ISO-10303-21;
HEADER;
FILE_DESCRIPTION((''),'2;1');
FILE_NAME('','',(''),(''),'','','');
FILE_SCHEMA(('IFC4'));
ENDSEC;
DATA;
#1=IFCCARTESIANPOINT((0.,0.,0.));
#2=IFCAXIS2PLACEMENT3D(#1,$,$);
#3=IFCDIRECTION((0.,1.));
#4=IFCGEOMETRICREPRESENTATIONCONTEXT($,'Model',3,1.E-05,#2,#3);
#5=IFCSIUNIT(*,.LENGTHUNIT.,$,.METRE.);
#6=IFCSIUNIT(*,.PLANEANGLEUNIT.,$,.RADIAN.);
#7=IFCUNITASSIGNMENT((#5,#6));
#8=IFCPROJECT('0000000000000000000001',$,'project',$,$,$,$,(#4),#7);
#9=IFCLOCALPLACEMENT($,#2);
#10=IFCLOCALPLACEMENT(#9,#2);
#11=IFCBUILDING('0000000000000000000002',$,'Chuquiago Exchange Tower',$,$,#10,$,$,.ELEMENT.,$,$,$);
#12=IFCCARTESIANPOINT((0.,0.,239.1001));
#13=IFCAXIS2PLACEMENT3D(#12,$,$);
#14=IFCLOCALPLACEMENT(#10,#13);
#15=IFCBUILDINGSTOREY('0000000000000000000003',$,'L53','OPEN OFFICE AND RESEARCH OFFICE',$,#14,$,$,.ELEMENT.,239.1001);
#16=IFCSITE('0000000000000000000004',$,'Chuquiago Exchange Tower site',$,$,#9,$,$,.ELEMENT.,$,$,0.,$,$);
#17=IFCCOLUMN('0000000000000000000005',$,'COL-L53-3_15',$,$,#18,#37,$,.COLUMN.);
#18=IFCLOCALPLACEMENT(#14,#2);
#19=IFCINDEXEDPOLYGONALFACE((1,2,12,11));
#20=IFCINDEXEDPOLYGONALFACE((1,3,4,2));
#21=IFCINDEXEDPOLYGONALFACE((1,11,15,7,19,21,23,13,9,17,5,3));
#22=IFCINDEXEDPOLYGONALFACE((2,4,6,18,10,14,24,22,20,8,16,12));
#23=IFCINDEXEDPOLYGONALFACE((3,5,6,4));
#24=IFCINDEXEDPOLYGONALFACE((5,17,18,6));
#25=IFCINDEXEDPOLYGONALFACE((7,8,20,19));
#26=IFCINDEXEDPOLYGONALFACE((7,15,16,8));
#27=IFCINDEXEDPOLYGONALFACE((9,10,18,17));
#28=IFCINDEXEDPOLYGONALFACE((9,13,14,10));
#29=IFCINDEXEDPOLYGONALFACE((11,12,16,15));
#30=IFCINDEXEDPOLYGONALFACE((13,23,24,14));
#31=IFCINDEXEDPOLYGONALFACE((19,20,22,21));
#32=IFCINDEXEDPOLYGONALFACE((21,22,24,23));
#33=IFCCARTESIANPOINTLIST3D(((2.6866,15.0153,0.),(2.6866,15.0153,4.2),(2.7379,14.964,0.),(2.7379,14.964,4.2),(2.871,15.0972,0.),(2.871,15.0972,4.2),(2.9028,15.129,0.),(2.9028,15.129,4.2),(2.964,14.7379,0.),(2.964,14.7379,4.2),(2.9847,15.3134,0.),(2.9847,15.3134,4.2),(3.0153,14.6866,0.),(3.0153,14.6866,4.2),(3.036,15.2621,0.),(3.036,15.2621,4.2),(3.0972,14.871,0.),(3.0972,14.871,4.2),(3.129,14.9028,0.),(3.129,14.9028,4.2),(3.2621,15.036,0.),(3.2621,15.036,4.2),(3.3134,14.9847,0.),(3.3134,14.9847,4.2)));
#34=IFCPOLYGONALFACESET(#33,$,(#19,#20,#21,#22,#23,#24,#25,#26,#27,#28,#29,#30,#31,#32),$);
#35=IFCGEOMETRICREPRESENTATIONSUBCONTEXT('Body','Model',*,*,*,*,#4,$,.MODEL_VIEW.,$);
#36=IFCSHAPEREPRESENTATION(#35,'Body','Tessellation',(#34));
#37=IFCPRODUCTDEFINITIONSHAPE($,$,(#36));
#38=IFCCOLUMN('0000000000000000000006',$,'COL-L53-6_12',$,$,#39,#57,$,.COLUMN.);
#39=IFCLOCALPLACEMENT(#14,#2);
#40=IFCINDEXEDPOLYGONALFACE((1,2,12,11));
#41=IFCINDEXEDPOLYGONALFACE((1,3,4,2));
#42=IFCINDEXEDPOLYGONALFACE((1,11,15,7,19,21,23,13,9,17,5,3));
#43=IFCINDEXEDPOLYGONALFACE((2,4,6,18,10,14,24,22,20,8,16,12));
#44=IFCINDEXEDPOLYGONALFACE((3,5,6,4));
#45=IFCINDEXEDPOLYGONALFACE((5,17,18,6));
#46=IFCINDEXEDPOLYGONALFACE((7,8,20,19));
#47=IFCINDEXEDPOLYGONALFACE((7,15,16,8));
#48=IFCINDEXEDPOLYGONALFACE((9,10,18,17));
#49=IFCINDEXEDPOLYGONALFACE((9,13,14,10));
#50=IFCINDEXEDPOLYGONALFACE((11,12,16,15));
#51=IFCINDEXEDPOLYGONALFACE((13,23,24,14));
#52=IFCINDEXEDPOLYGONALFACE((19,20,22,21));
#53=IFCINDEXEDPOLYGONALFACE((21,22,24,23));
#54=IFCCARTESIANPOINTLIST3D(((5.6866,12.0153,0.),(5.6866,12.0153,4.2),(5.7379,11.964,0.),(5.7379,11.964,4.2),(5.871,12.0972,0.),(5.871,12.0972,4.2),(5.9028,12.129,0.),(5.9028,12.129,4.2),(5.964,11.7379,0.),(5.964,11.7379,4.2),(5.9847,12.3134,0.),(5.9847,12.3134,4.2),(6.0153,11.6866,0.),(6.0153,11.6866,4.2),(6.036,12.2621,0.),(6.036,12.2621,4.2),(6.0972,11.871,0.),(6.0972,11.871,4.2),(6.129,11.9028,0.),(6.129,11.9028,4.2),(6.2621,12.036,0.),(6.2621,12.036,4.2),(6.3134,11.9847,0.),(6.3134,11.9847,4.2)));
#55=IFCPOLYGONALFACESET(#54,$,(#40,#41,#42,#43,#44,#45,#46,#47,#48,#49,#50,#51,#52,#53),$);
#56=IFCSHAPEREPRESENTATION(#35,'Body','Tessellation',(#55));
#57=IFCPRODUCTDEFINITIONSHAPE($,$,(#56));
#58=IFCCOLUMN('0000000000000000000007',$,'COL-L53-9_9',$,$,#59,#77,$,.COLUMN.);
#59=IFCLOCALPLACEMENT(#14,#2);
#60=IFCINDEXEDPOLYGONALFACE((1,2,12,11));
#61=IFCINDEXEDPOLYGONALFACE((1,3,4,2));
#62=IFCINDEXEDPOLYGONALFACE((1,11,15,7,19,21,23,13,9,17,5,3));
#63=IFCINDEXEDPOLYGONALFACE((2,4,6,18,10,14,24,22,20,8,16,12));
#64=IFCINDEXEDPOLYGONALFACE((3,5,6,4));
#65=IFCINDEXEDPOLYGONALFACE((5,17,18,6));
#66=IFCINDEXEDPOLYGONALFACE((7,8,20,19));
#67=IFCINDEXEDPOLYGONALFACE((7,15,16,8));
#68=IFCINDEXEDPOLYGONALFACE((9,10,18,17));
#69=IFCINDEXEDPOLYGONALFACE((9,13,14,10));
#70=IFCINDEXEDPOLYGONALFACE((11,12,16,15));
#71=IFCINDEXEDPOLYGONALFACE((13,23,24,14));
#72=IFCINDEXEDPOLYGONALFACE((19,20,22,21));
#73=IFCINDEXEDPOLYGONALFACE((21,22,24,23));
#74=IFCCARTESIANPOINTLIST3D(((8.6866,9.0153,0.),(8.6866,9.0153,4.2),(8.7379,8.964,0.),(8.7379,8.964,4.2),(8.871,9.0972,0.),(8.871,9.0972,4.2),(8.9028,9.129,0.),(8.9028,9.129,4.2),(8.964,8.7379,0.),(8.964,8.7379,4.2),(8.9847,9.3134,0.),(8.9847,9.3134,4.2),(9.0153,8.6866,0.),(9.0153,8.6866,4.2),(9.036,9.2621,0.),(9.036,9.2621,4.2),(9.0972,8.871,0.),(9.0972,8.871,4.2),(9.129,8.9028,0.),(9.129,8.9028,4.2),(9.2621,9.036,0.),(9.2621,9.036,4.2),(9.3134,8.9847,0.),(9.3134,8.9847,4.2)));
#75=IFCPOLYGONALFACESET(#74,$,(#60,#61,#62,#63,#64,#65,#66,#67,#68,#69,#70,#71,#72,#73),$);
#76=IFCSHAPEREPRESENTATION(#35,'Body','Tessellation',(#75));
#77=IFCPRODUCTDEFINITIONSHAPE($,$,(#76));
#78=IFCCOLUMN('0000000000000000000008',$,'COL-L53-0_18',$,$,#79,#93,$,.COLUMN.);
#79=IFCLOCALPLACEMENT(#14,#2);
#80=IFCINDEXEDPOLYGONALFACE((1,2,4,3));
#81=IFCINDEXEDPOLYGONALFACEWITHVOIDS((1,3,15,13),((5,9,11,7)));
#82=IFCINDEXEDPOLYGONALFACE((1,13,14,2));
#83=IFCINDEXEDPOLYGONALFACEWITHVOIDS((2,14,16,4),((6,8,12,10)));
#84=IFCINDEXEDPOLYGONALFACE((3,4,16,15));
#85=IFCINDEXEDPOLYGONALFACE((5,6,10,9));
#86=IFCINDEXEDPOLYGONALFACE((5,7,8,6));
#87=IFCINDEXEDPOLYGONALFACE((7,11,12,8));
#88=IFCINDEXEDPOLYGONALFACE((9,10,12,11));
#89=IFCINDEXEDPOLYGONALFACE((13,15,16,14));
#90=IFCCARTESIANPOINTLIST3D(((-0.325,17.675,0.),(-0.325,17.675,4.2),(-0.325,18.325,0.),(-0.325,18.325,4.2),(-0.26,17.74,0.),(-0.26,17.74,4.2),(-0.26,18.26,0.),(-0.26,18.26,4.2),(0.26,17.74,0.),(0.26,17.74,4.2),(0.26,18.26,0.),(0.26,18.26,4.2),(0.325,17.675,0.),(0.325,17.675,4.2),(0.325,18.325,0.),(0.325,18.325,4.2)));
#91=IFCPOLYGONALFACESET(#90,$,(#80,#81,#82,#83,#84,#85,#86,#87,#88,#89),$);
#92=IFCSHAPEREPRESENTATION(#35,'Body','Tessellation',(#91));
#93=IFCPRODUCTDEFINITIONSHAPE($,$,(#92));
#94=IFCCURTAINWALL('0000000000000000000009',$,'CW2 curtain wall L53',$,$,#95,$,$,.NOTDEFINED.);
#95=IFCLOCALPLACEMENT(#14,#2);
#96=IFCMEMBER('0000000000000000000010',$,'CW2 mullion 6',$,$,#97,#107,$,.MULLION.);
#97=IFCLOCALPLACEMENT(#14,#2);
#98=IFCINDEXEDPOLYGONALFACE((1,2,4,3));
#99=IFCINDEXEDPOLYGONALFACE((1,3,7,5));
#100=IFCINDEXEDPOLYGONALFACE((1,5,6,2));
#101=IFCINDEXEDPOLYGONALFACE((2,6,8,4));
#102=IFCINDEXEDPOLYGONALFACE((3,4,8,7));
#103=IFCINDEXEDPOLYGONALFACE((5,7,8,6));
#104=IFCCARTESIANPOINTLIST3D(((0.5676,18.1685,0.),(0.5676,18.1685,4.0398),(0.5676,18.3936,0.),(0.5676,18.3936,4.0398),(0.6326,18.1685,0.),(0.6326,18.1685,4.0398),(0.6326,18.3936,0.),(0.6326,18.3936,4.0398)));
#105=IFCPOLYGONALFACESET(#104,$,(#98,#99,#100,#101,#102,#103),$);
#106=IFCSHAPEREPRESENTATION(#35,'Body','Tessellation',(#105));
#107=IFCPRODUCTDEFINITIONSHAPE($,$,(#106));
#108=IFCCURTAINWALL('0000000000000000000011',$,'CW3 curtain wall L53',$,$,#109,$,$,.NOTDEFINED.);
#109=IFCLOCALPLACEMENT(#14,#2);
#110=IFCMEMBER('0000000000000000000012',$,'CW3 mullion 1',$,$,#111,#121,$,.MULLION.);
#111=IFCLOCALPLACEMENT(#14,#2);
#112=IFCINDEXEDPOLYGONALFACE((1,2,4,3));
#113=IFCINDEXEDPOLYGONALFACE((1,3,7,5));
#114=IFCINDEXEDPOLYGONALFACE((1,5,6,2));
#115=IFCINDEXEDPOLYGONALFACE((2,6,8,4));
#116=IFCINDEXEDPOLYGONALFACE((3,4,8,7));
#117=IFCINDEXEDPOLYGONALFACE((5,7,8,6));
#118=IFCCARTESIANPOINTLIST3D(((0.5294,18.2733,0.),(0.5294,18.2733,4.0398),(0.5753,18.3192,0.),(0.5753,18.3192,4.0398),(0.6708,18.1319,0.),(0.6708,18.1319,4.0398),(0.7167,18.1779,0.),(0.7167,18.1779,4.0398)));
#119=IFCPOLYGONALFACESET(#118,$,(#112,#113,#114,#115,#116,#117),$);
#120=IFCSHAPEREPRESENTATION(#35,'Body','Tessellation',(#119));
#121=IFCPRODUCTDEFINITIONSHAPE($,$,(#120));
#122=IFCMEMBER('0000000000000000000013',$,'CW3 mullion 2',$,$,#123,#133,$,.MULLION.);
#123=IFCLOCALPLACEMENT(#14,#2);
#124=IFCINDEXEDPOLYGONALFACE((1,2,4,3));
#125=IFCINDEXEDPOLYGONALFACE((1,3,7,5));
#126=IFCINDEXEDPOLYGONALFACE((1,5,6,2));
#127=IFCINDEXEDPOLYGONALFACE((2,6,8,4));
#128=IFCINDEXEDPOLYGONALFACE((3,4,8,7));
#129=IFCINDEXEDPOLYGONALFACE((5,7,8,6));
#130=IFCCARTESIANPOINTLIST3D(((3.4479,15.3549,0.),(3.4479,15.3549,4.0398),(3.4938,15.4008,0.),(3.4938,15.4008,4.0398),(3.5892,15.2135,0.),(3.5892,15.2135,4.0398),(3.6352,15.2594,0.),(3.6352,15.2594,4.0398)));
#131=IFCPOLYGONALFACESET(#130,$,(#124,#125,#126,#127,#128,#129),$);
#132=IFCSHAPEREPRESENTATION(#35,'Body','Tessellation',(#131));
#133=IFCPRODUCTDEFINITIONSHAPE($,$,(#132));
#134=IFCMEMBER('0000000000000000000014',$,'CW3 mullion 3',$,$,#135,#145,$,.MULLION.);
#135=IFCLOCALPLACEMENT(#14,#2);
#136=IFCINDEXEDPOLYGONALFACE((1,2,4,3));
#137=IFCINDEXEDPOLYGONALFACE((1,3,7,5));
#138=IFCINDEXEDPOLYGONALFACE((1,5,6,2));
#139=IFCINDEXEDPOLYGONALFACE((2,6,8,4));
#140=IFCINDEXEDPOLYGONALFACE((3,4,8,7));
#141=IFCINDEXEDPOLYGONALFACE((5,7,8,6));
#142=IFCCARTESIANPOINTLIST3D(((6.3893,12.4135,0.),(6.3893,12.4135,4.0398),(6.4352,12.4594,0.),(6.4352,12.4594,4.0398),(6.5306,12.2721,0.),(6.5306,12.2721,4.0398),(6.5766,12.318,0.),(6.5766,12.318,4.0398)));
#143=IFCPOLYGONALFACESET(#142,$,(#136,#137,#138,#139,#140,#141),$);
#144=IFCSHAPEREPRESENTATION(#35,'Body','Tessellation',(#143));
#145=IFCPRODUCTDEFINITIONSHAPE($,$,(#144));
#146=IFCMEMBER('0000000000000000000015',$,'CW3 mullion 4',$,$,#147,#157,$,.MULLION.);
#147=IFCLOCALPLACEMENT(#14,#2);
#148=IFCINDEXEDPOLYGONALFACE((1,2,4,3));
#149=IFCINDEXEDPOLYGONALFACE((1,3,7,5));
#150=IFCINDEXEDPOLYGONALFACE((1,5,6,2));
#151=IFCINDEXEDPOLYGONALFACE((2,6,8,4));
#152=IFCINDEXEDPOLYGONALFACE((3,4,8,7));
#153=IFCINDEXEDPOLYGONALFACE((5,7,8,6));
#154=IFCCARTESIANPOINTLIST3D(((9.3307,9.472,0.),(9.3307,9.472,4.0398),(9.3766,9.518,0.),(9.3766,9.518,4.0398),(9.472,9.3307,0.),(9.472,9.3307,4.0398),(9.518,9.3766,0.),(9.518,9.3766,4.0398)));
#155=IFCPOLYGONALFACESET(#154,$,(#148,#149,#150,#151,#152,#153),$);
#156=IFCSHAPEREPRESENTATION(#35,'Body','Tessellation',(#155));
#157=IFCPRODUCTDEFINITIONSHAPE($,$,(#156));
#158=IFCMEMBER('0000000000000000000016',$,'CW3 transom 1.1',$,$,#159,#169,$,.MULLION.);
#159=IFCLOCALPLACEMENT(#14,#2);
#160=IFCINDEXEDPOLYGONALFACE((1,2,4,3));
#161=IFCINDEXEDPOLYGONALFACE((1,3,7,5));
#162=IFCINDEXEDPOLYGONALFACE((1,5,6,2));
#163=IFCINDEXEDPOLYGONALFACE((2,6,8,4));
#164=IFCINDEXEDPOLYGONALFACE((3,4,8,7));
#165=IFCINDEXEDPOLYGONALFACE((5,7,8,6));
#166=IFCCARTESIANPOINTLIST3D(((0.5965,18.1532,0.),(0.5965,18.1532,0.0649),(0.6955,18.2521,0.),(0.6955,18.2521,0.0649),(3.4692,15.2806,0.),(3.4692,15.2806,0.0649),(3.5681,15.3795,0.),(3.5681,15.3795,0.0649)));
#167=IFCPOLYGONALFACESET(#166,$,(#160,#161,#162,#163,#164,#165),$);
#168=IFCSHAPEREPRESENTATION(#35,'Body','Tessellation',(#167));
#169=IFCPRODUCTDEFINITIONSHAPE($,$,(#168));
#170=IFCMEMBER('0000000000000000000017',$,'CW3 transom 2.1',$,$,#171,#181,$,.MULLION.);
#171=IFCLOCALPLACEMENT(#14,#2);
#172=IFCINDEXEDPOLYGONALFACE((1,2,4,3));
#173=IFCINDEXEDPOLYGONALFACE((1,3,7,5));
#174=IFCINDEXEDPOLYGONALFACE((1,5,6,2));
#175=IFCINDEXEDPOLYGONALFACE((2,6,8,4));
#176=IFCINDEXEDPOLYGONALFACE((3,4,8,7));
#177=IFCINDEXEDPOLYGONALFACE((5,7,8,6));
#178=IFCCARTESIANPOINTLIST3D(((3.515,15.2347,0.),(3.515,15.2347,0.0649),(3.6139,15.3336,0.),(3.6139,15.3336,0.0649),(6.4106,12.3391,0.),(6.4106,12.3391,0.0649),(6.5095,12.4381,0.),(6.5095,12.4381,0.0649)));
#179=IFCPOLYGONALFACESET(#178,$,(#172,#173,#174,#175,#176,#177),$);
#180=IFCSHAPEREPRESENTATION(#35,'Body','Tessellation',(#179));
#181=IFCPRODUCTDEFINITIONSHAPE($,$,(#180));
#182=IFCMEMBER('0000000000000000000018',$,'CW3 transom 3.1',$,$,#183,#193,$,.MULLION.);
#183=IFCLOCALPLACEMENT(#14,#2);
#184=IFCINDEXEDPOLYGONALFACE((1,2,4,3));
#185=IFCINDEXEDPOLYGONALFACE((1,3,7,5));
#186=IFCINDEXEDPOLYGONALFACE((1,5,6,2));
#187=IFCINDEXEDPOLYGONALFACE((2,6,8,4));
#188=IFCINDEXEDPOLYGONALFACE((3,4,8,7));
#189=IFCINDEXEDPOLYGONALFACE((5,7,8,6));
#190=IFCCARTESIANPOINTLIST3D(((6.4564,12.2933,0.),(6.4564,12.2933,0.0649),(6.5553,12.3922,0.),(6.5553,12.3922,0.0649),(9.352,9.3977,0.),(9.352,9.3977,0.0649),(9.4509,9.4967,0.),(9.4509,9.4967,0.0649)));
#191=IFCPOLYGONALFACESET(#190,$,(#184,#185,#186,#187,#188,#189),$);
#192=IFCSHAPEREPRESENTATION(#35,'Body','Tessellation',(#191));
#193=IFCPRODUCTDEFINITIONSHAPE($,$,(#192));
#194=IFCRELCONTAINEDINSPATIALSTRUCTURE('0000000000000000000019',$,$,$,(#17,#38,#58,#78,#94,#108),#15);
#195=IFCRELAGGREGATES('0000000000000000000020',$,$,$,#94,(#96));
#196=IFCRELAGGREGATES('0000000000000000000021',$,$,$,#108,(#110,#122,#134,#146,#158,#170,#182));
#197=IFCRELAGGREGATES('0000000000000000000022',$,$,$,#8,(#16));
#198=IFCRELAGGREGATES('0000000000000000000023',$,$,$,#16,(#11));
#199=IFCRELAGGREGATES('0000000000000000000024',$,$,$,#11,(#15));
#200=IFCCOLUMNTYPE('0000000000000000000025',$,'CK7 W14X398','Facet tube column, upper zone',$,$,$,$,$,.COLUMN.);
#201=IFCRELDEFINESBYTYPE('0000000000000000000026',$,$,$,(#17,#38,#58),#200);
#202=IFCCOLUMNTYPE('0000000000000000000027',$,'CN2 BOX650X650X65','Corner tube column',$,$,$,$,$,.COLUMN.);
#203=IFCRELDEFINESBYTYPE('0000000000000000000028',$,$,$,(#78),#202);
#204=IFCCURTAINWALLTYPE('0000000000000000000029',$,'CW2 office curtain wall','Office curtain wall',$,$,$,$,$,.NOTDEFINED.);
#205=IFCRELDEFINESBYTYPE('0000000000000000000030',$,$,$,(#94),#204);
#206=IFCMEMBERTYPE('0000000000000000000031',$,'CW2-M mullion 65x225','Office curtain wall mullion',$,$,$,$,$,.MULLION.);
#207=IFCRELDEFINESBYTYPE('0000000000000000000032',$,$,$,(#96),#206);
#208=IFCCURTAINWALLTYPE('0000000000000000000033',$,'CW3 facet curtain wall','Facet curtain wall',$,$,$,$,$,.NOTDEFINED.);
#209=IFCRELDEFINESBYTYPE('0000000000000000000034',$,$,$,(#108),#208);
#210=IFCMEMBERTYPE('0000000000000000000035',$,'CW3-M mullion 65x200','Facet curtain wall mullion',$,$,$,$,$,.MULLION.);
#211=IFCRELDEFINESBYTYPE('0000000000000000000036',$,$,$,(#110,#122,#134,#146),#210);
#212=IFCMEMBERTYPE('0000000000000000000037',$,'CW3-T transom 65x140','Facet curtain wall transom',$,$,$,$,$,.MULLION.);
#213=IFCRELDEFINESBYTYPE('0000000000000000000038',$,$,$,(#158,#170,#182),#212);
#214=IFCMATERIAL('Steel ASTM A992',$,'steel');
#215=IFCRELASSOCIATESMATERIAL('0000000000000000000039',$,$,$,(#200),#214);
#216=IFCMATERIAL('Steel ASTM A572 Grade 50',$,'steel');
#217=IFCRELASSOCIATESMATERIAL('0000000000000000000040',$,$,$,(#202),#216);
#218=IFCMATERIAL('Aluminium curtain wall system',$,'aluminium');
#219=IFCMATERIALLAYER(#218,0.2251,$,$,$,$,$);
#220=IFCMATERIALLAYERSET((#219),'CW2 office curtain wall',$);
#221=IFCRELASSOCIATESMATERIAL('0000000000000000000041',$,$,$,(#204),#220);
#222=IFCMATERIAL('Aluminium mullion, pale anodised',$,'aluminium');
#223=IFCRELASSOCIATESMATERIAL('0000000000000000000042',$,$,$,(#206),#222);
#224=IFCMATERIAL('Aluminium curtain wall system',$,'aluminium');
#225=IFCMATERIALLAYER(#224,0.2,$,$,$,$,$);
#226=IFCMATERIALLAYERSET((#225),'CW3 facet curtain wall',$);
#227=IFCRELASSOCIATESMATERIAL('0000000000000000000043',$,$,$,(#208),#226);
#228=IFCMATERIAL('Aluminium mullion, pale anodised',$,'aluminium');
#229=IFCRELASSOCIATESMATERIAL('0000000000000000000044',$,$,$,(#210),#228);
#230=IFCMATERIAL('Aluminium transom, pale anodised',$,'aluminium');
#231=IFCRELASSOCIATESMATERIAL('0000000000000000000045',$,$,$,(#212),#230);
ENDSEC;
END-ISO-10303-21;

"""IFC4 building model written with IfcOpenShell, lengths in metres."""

from ifc_helpers import new_model, si_unit, direction, frame, origin, origin_2d, place, context, subcontext, project, spatial, rectangle, hollow_rectangle, i_section, extrude, material, layer, layer_set, material_profile, profile_set, type_object, element, aggregate, save


model = new_model("IFC4")

# Units and contexts
model_context = context("Model", 3, precision=1e-05, world=origin(), true_north=direction((0.0, 1.0)))
body_context = subcontext(model_context, "Body", "Model", "MODEL_VIEW")
ifc_project = project(units=[si_unit("LENGTHUNIT", "METRE"), si_unit("PLANEANGLEUNIT", "RADIAN")], contexts=[model_context])

# Site, building, storey
site_placement = place(None, origin())
site = spatial("IfcSite", under=ifc_project, at=site_placement, Name="Chuquiago Exchange Tower site", CompositionType="ELEMENT", RefElevation=0.0)
building_placement = place(site_placement, origin())
building = spatial("IfcBuilding", under=site, at=building_placement, Name="Chuquiago Exchange Tower", CompositionType="ELEMENT")
storey_placement = place(building_placement, frame((0.0, 0.0, 239.1001)))
storey = spatial("IfcBuildingStorey", under=building, at=storey_placement, Name="L53", Description="OPEN OFFICE AND RESEARCH OFFICE", CompositionType="ELEMENT", Elevation=239.1001)

# Columns
ifc_material_1 = material(Name="Steel ASTM A992", Category="steel")
ifc_material_profile_1 = material_profile(ifc_material_1, i_section(OverallWidth=0.4216, OverallDepth=0.4648, WebThickness=0.0449, FlangeThickness=0.0725, at=origin_2d()), Name="W14X398")
ifc_profile_set_1 = profile_set([ifc_material_profile_1], Name="Steel ASTM A992")
column_type_1 = type_object("IfcColumnType", Name="CK7 W14X398", Description="Facet tube column, upper zone", PredefinedType="COLUMN", material=ifc_profile_set_1)
for number, where, z_axis, x_axis, name in (
    (1, (3.0, 15.0, 0.0), (0.0, 0.0, 1.0), (-0.707107, -0.707107, 0.0), "COL-L53-3_15"),
    (2, (6.0, 12.0, 0.0), (0.0, 0.0, 1.0), (-0.707107, -0.707107, 0.0), "COL-L53-6_12"),
    (3, (9.0, 9.0, 0.0), (0.0, 0.0, 1.0), (-0.707107, -0.707107, 0.0), "COL-L53-9_9"),
):
    element("IfcColumn", number, at=place(storey_placement, frame(where, z_axis=z_axis, x_axis=x_axis)), inside=storey, type_object=column_type_1, Name=name, PredefinedType="COLUMN", context=body_context, shape_type="SweptSolid", body=[
        extrude(i_section(OverallWidth=0.4216, OverallDepth=0.4648, WebThickness=0.0449, FlangeThickness=0.0725, at=origin_2d()), origin(), (0.0, 0.0, 1.0), 4.2),
    ])
ifc_material_2 = material(Name="Steel ASTM A572 Grade 50", Category="steel")
ifc_material_profile_2 = material_profile(ifc_material_2, hollow_rectangle(XDim=0.6499, YDim=0.6499, WallThickness=0.0649, at=origin_2d()), Name="BOX650X650X65")
ifc_profile_set_2 = profile_set([ifc_material_profile_2], Name="Steel ASTM A572 Grade 50")
column_type_2 = type_object("IfcColumnType", Name="CN2 BOX650X650X65", Description="Corner tube column", PredefinedType="COLUMN", material=ifc_profile_set_2)
column_placement = place(storey_placement, frame((0.0, 18.0, 0.0), z_axis=(0.0, 0.0, 1.0), x_axis=(-1.0, 0.0, 0.0)))
element("IfcColumn", 4, at=column_placement, inside=storey, type_object=column_type_2, Name="COL-L53-0_18", PredefinedType="COLUMN", context=body_context, shape_type="SweptSolid", body=[
    extrude(hollow_rectangle(XDim=0.6499, YDim=0.6499, WallThickness=0.0649, at=origin_2d()), origin(), (0.0, 0.0, 1.0), 4.2),
])

# Curtain wall, member
ifc_material_3 = material(Name="Aluminium curtain wall system", Category="aluminium")
ifc_layer_1 = layer(ifc_material_3, 0.2251)
ifc_layer_set_1 = layer_set([ifc_layer_1], Name="CW2 office curtain wall")
curtain_wall_type_1 = type_object("IfcCurtainWallType", Name="CW2 office curtain wall", Description="Office curtain wall", PredefinedType="NOTDEFINED", material=ifc_layer_set_1)
curtain_wall_1_placement = place(storey_placement, origin())
curtain_wall_1 = element("IfcCurtainWall", 5, at=curtain_wall_1_placement, inside=storey, type_object=curtain_wall_type_1, Name="CW2 curtain wall L53", PredefinedType="NOTDEFINED")
ifc_material_4 = material(Name="Aluminium mullion, pale anodised", Category="aluminium")
ifc_material_profile_3 = material_profile(ifc_material_4, rectangle(XDim=0.0649, YDim=0.2251, at=origin_2d()), Name="AL 65x225")
ifc_profile_set_3 = profile_set([ifc_material_profile_3], Name="Aluminium mullion, pale anodised")
member_type_1 = type_object("IfcMemberType", Name="CW2-M mullion 65x225", Description="Office curtain wall mullion", PredefinedType="MULLION", material=ifc_profile_set_3)
member_1_placement = place(storey_placement, frame((0.6001, 18.281, 0.0), z_axis=(0.0, 0.0, 1.0), x_axis=(1.0, 0.0, 0.0)))
member_1 = element("IfcMember", 6, at=member_1_placement, type_object=member_type_1, Name="CW2 mullion 6", PredefinedType="MULLION", context=body_context, shape_type="SweptSolid", body=[
    extrude(rectangle(XDim=0.0649, YDim=0.2251, at=origin_2d()), origin(), (0.0, 0.0, 1.0), 4.0398),
])
aggregate(curtain_wall_1, [member_1])

# Curtain wall, members
ifc_material_5 = material(Name="Aluminium curtain wall system", Category="aluminium")
ifc_layer_2 = layer(ifc_material_5, 0.2)
ifc_layer_set_2 = layer_set([ifc_layer_2], Name="CW3 facet curtain wall")
curtain_wall_type_2 = type_object("IfcCurtainWallType", Name="CW3 facet curtain wall", Description="Facet curtain wall", PredefinedType="NOTDEFINED", material=ifc_layer_set_2)
curtain_wall_2_placement = place(storey_placement, origin())
curtain_wall_2 = element("IfcCurtainWall", 7, at=curtain_wall_2_placement, inside=storey, type_object=curtain_wall_type_2, Name="CW3 curtain wall L53", PredefinedType="NOTDEFINED")
ifc_material_6 = material(Name="Aluminium mullion, pale anodised", Category="aluminium")
ifc_material_profile_4 = material_profile(ifc_material_6, rectangle(XDim=0.0649, YDim=0.2, at=origin_2d()), Name="AL 65x200")
ifc_profile_set_4 = profile_set([ifc_material_profile_4], Name="Aluminium mullion, pale anodised")
member_type_2 = type_object("IfcMemberType", Name="CW3-M mullion 65x200", Description="Facet curtain wall mullion", PredefinedType="MULLION", material=ifc_profile_set_4)
member_2_placement = place(storey_placement, frame((0.623, 18.2256, 0.0), z_axis=(0.0, 0.0, 1.0), x_axis=(0.707107, 0.707107, 0.0)))
member_2 = element("IfcMember", 8, at=member_2_placement, type_object=member_type_2, Name="CW3 mullion 1", PredefinedType="MULLION", context=body_context, shape_type="SweptSolid", body=[
    extrude(rectangle(XDim=0.0649, YDim=0.2, at=origin_2d()), origin(), (0.0, 0.0, 1.0), 4.0398),
])
member_3_placement = place(storey_placement, frame((3.5415, 15.3071, 0.0), z_axis=(0.0, 0.0, 1.0), x_axis=(0.707107, 0.707107, 0.0)))
member_3 = element("IfcMember", 9, at=member_3_placement, type_object=member_type_2, Name="CW3 mullion 2", PredefinedType="MULLION", context=body_context, shape_type="SweptSolid", body=[
    extrude(rectangle(XDim=0.0649, YDim=0.2, at=origin_2d()), origin(), (0.0, 0.0, 1.0), 4.0398),
])
member_4_placement = place(storey_placement, frame((6.4829, 12.3657, 0.0), z_axis=(0.0, 0.0, 1.0), x_axis=(0.707107, 0.707107, 0.0)))
member_4 = element("IfcMember", 10, at=member_4_placement, type_object=member_type_2, Name="CW3 mullion 3", PredefinedType="MULLION", context=body_context, shape_type="SweptSolid", body=[
    extrude(rectangle(XDim=0.0649, YDim=0.2, at=origin_2d()), origin(), (0.0, 0.0, 1.0), 4.0398),
])
member_5_placement = place(storey_placement, frame((9.4243, 9.4243, 0.0), z_axis=(0.0, 0.0, 1.0), x_axis=(0.707107, 0.707107, 0.0)))
member_5 = element("IfcMember", 11, at=member_5_placement, type_object=member_type_2, Name="CW3 mullion 4", PredefinedType="MULLION", context=body_context, shape_type="SweptSolid", body=[
    extrude(rectangle(XDim=0.0649, YDim=0.2, at=origin_2d()), origin(), (0.0, 0.0, 1.0), 4.0398),
])
ifc_material_7 = material(Name="Aluminium transom, pale anodised", Category="aluminium")
ifc_material_profile_5 = material_profile(ifc_material_7, rectangle(XDim=0.1399, YDim=0.0649, at=origin_2d()), Name="AL 140x65")
ifc_profile_set_5 = profile_set([ifc_material_profile_5], Name="Aluminium transom, pale anodised")
member_type_3 = type_object("IfcMemberType", Name="CW3-T transom 65x140", Description="Facet curtain wall transom", PredefinedType="MULLION", material=ifc_profile_set_5)
member_6_placement = place(storey_placement, frame((0.646, 18.2026, 0.0325), z_axis=(0.707107, -0.707107, 0.0), x_axis=(0.707107, 0.707107, 0.0)))
member_6 = element("IfcMember", 12, at=member_6_placement, type_object=member_type_3, Name="CW3 transom 1.1", PredefinedType="MULLION", context=body_context, shape_type="SweptSolid", body=[
    extrude(rectangle(XDim=0.1399, YDim=0.0649, at=origin_2d()), origin(), (0.0, 0.0, 1.0), 4.0625),
])
member_7_placement = place(storey_placement, frame((3.5645, 15.2842, 0.0325), z_axis=(0.707107, -0.707107, 0.0), x_axis=(0.707107, 0.707107, 0.0)))
member_7 = element("IfcMember", 13, at=member_7_placement, type_object=member_type_3, Name="CW3 transom 2.1", PredefinedType="MULLION", context=body_context, shape_type="SweptSolid", body=[
    extrude(rectangle(XDim=0.1399, YDim=0.0649, at=origin_2d()), origin(), (0.0, 0.0, 1.0), 4.095),
])
member_8_placement = place(storey_placement, frame((6.5059, 12.3428, 0.0325), z_axis=(0.707107, -0.707107, 0.0), x_axis=(0.707107, 0.707107, 0.0)))
member_8 = element("IfcMember", 14, at=member_8_placement, type_object=member_type_3, Name="CW3 transom 3.1", PredefinedType="MULLION", context=body_context, shape_type="SweptSolid", body=[
    extrude(rectangle(XDim=0.1399, YDim=0.0649, at=origin_2d()), origin(), (0.0, 0.0, 1.0), 4.095),
])

aggregate(curtain_wall_2, [member_2, member_3, member_4, member_5, member_6, member_7, member_8])

save(model, "model.ifc")
